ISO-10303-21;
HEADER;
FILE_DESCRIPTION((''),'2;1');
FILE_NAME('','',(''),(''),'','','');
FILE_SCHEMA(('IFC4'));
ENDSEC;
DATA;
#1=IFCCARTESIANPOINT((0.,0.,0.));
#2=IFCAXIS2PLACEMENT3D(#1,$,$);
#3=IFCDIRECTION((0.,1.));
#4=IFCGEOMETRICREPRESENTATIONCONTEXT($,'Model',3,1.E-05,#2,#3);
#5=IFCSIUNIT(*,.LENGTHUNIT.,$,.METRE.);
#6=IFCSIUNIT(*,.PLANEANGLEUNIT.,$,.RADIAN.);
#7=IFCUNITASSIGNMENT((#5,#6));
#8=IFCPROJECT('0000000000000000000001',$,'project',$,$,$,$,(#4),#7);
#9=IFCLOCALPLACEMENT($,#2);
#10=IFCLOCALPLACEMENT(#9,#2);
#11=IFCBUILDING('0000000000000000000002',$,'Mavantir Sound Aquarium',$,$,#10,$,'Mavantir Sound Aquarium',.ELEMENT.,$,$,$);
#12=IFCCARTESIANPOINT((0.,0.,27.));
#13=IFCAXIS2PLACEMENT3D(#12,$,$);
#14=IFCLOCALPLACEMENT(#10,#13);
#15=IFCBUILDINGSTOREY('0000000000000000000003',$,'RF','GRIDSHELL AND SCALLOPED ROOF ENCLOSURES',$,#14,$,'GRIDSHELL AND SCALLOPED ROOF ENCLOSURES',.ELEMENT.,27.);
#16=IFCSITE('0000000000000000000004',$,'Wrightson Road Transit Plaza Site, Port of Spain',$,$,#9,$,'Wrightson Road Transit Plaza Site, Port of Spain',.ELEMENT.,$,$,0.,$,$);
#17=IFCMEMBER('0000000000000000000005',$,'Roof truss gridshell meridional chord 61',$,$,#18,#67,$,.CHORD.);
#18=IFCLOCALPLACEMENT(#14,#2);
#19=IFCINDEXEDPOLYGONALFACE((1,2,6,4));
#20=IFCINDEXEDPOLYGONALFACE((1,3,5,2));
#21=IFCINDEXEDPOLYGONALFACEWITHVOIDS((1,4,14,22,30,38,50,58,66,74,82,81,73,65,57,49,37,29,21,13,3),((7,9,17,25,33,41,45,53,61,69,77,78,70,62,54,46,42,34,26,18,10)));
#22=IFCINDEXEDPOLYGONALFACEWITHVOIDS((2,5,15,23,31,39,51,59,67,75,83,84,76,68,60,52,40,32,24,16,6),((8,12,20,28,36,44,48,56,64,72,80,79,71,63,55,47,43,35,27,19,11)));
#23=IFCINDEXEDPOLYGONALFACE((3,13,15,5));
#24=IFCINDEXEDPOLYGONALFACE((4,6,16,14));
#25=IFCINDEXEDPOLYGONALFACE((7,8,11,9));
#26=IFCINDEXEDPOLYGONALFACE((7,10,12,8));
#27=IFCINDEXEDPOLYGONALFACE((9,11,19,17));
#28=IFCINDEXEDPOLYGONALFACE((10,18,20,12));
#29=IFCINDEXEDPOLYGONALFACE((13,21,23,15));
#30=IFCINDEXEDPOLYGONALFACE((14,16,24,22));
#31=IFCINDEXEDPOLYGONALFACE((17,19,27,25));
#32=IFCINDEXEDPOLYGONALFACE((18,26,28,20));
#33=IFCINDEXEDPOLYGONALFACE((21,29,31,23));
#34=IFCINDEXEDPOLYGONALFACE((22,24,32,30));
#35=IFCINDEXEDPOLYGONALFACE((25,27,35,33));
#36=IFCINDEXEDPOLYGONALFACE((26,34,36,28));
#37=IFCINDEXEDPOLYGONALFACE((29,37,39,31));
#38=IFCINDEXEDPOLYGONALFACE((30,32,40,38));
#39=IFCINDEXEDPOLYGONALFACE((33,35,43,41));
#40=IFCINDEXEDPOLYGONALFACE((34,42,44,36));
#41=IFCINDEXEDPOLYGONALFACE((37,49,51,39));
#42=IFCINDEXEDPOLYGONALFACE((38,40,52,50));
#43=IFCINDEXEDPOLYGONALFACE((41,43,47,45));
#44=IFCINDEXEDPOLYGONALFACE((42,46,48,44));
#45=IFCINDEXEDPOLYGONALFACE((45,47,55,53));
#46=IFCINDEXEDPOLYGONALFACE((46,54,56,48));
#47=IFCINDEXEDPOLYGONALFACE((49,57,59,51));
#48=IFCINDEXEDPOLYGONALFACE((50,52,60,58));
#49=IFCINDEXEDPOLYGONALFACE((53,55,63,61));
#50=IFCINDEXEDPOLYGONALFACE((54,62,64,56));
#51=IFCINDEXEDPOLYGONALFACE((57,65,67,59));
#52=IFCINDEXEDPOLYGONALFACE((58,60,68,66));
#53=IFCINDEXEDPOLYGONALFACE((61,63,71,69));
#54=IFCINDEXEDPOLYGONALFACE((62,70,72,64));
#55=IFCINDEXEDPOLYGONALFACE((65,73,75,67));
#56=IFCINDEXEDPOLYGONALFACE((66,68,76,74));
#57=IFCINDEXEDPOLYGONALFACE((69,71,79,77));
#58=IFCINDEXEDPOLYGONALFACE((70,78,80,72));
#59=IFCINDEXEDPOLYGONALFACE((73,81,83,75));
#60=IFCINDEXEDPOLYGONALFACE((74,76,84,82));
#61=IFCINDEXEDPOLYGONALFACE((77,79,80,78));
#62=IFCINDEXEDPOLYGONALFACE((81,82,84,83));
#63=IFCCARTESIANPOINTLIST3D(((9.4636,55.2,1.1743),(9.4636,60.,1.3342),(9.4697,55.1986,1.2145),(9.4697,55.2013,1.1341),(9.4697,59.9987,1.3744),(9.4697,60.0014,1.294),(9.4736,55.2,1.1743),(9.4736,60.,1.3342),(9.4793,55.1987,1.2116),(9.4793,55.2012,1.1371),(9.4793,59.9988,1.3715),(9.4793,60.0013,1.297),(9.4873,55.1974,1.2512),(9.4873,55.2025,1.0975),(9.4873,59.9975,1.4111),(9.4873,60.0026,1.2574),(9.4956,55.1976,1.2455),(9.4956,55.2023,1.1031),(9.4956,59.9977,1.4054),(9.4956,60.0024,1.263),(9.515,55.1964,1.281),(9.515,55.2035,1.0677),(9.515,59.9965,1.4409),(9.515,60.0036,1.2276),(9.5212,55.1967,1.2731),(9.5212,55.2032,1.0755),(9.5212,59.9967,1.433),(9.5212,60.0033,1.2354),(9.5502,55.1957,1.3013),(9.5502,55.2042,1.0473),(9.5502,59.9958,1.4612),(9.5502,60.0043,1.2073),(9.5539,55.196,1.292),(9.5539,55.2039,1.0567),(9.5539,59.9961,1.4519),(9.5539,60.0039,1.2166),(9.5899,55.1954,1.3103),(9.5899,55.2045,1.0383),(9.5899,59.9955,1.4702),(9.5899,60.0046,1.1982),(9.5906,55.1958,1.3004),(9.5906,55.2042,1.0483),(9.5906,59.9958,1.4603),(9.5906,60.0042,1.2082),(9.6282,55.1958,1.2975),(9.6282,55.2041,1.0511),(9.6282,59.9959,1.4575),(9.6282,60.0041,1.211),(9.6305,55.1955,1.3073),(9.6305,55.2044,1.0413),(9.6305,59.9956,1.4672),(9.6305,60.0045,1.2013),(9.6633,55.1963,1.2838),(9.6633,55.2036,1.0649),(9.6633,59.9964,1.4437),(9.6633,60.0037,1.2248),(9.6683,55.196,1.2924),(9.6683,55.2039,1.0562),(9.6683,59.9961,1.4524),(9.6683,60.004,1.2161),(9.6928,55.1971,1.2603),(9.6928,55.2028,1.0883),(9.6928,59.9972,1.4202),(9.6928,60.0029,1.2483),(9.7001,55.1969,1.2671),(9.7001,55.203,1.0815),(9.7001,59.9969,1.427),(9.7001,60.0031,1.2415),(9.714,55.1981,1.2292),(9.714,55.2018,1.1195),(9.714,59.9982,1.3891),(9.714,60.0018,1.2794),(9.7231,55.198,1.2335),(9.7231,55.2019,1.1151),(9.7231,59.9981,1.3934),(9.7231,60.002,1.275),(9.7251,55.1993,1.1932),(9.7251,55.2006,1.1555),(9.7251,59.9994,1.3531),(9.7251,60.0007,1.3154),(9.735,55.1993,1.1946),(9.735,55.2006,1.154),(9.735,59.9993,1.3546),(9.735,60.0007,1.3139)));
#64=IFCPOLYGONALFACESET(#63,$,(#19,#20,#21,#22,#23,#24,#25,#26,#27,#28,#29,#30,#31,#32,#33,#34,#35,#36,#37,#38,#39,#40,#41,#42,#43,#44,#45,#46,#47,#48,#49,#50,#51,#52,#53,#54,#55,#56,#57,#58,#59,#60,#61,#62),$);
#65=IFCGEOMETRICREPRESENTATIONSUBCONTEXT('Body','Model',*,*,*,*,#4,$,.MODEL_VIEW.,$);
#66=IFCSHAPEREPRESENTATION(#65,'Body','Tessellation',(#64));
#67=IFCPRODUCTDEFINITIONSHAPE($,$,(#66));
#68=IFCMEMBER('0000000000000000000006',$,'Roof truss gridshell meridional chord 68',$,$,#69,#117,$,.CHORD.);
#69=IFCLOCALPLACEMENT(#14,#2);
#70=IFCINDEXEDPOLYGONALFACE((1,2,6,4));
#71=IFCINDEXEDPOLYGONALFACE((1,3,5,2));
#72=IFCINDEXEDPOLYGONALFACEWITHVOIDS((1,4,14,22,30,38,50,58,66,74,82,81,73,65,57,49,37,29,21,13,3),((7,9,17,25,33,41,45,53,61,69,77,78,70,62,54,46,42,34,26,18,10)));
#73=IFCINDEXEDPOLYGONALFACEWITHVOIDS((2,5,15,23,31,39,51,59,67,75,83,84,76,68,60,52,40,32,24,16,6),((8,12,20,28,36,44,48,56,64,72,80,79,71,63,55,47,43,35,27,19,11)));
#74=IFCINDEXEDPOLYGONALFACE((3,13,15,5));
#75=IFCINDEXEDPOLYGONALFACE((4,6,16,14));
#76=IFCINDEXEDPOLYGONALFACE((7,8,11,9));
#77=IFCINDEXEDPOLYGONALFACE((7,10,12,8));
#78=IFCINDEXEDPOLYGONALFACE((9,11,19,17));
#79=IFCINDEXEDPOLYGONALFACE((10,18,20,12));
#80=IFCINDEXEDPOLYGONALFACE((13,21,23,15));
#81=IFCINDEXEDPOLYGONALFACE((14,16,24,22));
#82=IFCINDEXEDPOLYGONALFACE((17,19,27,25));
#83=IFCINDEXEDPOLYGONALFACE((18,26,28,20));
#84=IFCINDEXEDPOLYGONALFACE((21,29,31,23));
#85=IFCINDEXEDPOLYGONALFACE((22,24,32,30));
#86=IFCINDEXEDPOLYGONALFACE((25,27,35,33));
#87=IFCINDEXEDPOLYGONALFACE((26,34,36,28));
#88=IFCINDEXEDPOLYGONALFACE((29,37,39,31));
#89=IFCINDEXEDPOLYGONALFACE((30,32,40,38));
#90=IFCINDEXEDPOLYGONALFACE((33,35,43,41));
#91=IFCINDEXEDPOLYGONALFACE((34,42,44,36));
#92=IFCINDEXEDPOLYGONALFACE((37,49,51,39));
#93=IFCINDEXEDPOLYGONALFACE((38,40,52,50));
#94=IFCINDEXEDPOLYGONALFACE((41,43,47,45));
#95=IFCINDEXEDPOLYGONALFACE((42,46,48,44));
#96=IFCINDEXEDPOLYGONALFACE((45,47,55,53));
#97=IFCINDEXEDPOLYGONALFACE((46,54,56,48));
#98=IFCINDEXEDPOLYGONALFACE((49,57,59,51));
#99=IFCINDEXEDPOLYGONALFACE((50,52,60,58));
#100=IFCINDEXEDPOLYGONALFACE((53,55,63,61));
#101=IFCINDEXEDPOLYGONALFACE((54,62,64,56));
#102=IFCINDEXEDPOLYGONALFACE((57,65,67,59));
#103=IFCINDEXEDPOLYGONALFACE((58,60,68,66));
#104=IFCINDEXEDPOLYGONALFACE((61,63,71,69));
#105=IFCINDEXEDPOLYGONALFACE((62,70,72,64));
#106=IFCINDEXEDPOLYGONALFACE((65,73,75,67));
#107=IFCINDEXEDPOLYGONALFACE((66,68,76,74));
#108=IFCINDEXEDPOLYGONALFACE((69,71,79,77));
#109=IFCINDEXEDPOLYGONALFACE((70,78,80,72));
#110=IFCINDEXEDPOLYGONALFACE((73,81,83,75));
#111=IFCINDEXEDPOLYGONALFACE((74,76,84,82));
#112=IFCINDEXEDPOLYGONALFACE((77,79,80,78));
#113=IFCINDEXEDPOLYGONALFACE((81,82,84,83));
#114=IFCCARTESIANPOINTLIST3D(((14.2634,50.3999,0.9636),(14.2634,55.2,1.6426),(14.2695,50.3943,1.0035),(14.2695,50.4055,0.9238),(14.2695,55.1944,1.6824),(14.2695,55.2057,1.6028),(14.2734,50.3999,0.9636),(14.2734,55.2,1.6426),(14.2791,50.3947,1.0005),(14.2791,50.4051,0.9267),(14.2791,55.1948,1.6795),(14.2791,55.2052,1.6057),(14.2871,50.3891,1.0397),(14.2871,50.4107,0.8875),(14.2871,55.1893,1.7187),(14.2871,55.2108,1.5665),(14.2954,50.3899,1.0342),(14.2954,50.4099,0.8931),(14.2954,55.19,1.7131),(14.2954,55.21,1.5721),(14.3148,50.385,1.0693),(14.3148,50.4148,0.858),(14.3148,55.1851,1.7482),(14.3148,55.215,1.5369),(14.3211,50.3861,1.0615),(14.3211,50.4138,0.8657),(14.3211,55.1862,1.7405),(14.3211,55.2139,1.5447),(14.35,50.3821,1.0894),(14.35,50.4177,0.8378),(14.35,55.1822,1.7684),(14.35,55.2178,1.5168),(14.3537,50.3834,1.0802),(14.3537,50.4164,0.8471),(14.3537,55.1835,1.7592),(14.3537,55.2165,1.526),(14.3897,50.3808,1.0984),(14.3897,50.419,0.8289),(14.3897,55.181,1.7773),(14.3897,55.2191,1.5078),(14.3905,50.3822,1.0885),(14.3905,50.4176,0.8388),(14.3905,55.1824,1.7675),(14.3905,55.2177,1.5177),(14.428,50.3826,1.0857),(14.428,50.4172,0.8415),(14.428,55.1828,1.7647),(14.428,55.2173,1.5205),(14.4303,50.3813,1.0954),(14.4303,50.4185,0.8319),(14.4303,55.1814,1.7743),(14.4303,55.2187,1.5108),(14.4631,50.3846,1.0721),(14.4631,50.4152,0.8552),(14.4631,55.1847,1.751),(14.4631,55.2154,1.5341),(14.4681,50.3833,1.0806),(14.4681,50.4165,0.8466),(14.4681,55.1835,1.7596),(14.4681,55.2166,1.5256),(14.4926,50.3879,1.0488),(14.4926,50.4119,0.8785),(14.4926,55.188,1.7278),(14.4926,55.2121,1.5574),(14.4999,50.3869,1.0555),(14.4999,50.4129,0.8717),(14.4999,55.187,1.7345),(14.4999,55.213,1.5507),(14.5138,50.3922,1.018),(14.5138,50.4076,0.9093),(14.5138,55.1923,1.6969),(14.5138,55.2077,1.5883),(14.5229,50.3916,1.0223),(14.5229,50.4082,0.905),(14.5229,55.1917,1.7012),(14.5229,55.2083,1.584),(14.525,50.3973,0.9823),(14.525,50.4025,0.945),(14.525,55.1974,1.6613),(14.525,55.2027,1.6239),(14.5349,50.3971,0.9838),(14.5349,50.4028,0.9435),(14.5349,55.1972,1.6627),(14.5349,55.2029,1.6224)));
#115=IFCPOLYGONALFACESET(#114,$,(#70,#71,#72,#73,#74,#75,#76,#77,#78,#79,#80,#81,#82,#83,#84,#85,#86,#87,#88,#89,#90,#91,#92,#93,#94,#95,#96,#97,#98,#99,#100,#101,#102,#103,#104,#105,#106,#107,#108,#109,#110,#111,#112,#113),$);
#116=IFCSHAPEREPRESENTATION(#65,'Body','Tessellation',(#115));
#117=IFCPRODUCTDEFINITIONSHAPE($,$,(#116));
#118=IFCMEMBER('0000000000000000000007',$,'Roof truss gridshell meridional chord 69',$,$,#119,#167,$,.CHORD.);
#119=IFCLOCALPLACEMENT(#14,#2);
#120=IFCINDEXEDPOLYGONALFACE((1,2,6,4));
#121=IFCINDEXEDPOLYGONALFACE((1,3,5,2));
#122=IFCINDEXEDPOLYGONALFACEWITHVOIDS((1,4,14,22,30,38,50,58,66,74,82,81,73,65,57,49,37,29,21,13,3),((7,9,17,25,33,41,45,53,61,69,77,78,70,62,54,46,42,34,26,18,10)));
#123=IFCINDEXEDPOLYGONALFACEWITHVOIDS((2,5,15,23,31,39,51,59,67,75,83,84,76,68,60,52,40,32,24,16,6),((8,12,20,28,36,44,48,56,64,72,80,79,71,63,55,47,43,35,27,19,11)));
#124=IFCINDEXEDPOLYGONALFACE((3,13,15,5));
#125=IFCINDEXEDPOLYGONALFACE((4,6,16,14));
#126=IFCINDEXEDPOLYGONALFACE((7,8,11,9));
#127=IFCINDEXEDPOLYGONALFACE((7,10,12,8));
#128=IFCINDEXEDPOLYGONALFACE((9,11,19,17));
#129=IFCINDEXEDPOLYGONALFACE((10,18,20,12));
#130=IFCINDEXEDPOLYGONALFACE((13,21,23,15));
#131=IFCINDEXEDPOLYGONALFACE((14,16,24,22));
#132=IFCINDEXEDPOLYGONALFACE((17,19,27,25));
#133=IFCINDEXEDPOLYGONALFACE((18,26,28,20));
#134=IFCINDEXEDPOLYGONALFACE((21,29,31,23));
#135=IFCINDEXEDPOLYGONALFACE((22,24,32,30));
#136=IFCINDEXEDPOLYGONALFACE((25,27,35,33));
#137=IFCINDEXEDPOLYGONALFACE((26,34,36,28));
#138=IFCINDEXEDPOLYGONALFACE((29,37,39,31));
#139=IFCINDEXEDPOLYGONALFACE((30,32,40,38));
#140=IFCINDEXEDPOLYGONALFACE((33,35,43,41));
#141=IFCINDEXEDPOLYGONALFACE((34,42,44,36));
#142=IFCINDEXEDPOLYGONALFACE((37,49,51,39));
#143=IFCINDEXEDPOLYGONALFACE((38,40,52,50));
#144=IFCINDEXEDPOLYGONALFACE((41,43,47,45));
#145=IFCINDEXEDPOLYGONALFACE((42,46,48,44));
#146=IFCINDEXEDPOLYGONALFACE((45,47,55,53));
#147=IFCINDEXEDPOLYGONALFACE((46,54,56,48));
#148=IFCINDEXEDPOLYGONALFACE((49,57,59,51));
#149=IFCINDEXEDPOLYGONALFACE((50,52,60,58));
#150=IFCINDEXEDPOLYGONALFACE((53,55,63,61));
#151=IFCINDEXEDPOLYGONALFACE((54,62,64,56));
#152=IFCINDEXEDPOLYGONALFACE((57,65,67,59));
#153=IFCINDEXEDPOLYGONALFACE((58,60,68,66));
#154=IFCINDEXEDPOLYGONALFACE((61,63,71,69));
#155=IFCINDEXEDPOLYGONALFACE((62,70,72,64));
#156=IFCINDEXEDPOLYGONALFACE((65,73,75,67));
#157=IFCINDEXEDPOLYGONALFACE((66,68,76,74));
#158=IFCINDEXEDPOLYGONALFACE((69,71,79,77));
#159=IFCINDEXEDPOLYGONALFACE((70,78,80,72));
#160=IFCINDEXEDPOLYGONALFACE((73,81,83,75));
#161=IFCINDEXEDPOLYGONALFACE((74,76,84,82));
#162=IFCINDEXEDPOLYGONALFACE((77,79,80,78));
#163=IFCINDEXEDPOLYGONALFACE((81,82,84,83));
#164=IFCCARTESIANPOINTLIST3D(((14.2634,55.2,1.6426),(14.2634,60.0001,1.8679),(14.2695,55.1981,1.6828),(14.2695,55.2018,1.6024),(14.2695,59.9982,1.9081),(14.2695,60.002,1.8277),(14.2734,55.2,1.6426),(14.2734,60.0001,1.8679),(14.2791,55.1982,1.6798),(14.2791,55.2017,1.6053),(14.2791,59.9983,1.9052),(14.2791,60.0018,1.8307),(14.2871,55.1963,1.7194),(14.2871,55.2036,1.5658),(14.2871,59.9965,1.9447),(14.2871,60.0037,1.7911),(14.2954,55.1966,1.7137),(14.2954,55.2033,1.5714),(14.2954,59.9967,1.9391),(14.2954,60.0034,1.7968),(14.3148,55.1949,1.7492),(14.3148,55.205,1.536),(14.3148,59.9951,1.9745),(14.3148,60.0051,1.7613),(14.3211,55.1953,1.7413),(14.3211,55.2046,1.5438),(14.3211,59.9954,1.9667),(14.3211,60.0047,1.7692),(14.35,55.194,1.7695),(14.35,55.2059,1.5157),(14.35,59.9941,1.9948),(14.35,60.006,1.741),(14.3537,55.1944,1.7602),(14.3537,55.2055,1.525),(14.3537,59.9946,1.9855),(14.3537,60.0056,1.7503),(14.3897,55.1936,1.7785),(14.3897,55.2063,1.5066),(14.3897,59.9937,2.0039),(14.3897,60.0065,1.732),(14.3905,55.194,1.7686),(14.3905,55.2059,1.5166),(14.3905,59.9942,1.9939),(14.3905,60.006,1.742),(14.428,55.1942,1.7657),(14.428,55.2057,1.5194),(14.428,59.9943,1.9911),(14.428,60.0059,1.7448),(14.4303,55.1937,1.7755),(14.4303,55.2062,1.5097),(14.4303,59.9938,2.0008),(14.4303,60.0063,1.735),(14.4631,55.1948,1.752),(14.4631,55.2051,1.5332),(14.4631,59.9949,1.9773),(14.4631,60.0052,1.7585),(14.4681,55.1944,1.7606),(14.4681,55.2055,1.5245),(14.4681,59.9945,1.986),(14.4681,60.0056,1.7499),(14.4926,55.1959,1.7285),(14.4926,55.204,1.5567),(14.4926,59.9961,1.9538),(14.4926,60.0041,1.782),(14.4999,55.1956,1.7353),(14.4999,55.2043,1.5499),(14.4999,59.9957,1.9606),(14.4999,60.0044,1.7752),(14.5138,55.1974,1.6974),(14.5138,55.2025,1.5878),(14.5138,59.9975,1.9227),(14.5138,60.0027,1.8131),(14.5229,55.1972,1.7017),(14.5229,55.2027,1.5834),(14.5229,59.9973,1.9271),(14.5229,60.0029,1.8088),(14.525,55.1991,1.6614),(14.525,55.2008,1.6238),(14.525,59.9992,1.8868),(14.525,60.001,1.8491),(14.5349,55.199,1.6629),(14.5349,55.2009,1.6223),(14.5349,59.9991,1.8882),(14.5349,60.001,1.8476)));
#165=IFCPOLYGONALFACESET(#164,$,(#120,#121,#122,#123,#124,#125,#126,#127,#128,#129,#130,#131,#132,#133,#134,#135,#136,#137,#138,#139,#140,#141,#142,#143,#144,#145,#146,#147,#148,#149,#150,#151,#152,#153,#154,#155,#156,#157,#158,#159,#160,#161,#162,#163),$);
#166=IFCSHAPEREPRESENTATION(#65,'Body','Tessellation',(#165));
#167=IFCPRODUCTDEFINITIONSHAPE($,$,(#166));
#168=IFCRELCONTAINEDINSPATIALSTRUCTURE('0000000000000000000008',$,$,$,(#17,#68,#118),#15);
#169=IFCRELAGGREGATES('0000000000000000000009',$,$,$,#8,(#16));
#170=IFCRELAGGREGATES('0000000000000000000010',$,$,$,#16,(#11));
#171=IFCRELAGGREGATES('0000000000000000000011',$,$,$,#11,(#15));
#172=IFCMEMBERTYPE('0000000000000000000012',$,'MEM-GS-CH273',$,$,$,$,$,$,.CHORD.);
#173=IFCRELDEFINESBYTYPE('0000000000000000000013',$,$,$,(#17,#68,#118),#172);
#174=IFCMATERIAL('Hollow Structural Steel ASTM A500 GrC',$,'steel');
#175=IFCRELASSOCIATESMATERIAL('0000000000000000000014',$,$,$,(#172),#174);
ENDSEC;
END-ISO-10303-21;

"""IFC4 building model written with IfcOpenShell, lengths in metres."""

from ifc_helpers import new_model, si_unit, direction, frame, origin, origin_2d, place, context, subcontext, project, spatial, hollow_circle, extrude, material, material_profile, profile_set, type_object, element, save


model = new_model("IFC4")

# Units and contexts
model_context = context("Model", 3, precision=1e-05, world=origin(), true_north=direction((0.0, 1.0)))
body_context = subcontext(model_context, "Body", "Model", "MODEL_VIEW")
ifc_project = project(units=[si_unit("LENGTHUNIT", "METRE"), si_unit("PLANEANGLEUNIT", "RADIAN")], contexts=[model_context])

# Site, building, storey
site_placement = place(None, origin())
site = spatial("IfcSite", under=ifc_project, at=site_placement, Name="Wrightson Road Transit Plaza Site, Port of Spain", LongName="Wrightson Road Transit Plaza Site, Port of Spain", CompositionType="ELEMENT", RefElevation=0.0)
building_placement = place(site_placement, origin())
building = spatial("IfcBuilding", under=site, at=building_placement, Name="Mavantir Sound Aquarium", LongName="Mavantir Sound Aquarium", CompositionType="ELEMENT")
storey_placement = place(building_placement, frame((0.0, 0.0, 27.0)))
storey = spatial("IfcBuildingStorey", under=building, at=storey_placement, Name="RF", Description="GRIDSHELL AND SCALLOPED ROOF ENCLOSURES", LongName="GRIDSHELL AND SCALLOPED ROOF ENCLOSURES", CompositionType="ELEMENT", Elevation=27.0)

# Members
ifc_material_1 = material(Name="Hollow Structural Steel ASTM A500 GrC", Category="steel")
ifc_material_profile_1 = material_profile(ifc_material_1, hollow_circle(Radius=0.1365, WallThickness=0.01, at=origin_2d()), Name="CHS 273X10")
ifc_profile_set_1 = profile_set([ifc_material_profile_1], Name="Hollow Structural Steel ASTM A500 GrC")
member_type_1 = type_object("IfcMemberType", Name="MEM-GS-CH273", PredefinedType="CHORD", material=ifc_profile_set_1)
member_1_placement = place(storey_placement, frame((9.6001, 55.2, 1.1743), z_axis=(0.0, 0.999446, 0.033296), x_axis=(-1.0, 0.0, 0.0)))
element("IfcMember", 1, at=member_1_placement, inside=storey, type_object=member_type_1, Name="Roof truss gridshell meridional chord 61", PredefinedType="CHORD", context=body_context, shape_type="SweptSolid", body=[
    extrude(hollow_circle(Radius=0.1365, WallThickness=0.01, at=origin_2d()), origin(), (0.0, 0.0, 1.0), 4.8027),
])
member_2_placement = place(storey_placement, frame((14.3999, 50.3999, 0.9636), z_axis=(0.0, 0.990144, 0.140053), x_axis=(-1.0, 0.0, 0.0)))
element("IfcMember", 2, at=member_2_placement, inside=storey, type_object=member_type_1, Name="Roof truss gridshell meridional chord 68", PredefinedType="CHORD", context=body_context, shape_type="SweptSolid", body=[
    extrude(hollow_circle(Radius=0.1365, WallThickness=0.01, at=origin_2d()), origin(), (0.0, 0.0, 1.0), 4.8479),
])
member_3_placement = place(storey_placement, frame((14.3999, 55.2, 1.6426), z_axis=(0.0, 0.9989, 0.046894), x_axis=(-1.0, 0.0, 0.0)))
element("IfcMember", 3, at=member_3_placement, inside=storey, type_object=member_type_1, Name="Roof truss gridshell meridional chord 69", PredefinedType="CHORD", context=body_context, shape_type="SweptSolid", body=[
    extrude(hollow_circle(Radius=0.1365, WallThickness=0.01, at=origin_2d()), origin(), (0.0, 0.0, 1.0), 4.8054),
])

save(model, "model.ifc")
